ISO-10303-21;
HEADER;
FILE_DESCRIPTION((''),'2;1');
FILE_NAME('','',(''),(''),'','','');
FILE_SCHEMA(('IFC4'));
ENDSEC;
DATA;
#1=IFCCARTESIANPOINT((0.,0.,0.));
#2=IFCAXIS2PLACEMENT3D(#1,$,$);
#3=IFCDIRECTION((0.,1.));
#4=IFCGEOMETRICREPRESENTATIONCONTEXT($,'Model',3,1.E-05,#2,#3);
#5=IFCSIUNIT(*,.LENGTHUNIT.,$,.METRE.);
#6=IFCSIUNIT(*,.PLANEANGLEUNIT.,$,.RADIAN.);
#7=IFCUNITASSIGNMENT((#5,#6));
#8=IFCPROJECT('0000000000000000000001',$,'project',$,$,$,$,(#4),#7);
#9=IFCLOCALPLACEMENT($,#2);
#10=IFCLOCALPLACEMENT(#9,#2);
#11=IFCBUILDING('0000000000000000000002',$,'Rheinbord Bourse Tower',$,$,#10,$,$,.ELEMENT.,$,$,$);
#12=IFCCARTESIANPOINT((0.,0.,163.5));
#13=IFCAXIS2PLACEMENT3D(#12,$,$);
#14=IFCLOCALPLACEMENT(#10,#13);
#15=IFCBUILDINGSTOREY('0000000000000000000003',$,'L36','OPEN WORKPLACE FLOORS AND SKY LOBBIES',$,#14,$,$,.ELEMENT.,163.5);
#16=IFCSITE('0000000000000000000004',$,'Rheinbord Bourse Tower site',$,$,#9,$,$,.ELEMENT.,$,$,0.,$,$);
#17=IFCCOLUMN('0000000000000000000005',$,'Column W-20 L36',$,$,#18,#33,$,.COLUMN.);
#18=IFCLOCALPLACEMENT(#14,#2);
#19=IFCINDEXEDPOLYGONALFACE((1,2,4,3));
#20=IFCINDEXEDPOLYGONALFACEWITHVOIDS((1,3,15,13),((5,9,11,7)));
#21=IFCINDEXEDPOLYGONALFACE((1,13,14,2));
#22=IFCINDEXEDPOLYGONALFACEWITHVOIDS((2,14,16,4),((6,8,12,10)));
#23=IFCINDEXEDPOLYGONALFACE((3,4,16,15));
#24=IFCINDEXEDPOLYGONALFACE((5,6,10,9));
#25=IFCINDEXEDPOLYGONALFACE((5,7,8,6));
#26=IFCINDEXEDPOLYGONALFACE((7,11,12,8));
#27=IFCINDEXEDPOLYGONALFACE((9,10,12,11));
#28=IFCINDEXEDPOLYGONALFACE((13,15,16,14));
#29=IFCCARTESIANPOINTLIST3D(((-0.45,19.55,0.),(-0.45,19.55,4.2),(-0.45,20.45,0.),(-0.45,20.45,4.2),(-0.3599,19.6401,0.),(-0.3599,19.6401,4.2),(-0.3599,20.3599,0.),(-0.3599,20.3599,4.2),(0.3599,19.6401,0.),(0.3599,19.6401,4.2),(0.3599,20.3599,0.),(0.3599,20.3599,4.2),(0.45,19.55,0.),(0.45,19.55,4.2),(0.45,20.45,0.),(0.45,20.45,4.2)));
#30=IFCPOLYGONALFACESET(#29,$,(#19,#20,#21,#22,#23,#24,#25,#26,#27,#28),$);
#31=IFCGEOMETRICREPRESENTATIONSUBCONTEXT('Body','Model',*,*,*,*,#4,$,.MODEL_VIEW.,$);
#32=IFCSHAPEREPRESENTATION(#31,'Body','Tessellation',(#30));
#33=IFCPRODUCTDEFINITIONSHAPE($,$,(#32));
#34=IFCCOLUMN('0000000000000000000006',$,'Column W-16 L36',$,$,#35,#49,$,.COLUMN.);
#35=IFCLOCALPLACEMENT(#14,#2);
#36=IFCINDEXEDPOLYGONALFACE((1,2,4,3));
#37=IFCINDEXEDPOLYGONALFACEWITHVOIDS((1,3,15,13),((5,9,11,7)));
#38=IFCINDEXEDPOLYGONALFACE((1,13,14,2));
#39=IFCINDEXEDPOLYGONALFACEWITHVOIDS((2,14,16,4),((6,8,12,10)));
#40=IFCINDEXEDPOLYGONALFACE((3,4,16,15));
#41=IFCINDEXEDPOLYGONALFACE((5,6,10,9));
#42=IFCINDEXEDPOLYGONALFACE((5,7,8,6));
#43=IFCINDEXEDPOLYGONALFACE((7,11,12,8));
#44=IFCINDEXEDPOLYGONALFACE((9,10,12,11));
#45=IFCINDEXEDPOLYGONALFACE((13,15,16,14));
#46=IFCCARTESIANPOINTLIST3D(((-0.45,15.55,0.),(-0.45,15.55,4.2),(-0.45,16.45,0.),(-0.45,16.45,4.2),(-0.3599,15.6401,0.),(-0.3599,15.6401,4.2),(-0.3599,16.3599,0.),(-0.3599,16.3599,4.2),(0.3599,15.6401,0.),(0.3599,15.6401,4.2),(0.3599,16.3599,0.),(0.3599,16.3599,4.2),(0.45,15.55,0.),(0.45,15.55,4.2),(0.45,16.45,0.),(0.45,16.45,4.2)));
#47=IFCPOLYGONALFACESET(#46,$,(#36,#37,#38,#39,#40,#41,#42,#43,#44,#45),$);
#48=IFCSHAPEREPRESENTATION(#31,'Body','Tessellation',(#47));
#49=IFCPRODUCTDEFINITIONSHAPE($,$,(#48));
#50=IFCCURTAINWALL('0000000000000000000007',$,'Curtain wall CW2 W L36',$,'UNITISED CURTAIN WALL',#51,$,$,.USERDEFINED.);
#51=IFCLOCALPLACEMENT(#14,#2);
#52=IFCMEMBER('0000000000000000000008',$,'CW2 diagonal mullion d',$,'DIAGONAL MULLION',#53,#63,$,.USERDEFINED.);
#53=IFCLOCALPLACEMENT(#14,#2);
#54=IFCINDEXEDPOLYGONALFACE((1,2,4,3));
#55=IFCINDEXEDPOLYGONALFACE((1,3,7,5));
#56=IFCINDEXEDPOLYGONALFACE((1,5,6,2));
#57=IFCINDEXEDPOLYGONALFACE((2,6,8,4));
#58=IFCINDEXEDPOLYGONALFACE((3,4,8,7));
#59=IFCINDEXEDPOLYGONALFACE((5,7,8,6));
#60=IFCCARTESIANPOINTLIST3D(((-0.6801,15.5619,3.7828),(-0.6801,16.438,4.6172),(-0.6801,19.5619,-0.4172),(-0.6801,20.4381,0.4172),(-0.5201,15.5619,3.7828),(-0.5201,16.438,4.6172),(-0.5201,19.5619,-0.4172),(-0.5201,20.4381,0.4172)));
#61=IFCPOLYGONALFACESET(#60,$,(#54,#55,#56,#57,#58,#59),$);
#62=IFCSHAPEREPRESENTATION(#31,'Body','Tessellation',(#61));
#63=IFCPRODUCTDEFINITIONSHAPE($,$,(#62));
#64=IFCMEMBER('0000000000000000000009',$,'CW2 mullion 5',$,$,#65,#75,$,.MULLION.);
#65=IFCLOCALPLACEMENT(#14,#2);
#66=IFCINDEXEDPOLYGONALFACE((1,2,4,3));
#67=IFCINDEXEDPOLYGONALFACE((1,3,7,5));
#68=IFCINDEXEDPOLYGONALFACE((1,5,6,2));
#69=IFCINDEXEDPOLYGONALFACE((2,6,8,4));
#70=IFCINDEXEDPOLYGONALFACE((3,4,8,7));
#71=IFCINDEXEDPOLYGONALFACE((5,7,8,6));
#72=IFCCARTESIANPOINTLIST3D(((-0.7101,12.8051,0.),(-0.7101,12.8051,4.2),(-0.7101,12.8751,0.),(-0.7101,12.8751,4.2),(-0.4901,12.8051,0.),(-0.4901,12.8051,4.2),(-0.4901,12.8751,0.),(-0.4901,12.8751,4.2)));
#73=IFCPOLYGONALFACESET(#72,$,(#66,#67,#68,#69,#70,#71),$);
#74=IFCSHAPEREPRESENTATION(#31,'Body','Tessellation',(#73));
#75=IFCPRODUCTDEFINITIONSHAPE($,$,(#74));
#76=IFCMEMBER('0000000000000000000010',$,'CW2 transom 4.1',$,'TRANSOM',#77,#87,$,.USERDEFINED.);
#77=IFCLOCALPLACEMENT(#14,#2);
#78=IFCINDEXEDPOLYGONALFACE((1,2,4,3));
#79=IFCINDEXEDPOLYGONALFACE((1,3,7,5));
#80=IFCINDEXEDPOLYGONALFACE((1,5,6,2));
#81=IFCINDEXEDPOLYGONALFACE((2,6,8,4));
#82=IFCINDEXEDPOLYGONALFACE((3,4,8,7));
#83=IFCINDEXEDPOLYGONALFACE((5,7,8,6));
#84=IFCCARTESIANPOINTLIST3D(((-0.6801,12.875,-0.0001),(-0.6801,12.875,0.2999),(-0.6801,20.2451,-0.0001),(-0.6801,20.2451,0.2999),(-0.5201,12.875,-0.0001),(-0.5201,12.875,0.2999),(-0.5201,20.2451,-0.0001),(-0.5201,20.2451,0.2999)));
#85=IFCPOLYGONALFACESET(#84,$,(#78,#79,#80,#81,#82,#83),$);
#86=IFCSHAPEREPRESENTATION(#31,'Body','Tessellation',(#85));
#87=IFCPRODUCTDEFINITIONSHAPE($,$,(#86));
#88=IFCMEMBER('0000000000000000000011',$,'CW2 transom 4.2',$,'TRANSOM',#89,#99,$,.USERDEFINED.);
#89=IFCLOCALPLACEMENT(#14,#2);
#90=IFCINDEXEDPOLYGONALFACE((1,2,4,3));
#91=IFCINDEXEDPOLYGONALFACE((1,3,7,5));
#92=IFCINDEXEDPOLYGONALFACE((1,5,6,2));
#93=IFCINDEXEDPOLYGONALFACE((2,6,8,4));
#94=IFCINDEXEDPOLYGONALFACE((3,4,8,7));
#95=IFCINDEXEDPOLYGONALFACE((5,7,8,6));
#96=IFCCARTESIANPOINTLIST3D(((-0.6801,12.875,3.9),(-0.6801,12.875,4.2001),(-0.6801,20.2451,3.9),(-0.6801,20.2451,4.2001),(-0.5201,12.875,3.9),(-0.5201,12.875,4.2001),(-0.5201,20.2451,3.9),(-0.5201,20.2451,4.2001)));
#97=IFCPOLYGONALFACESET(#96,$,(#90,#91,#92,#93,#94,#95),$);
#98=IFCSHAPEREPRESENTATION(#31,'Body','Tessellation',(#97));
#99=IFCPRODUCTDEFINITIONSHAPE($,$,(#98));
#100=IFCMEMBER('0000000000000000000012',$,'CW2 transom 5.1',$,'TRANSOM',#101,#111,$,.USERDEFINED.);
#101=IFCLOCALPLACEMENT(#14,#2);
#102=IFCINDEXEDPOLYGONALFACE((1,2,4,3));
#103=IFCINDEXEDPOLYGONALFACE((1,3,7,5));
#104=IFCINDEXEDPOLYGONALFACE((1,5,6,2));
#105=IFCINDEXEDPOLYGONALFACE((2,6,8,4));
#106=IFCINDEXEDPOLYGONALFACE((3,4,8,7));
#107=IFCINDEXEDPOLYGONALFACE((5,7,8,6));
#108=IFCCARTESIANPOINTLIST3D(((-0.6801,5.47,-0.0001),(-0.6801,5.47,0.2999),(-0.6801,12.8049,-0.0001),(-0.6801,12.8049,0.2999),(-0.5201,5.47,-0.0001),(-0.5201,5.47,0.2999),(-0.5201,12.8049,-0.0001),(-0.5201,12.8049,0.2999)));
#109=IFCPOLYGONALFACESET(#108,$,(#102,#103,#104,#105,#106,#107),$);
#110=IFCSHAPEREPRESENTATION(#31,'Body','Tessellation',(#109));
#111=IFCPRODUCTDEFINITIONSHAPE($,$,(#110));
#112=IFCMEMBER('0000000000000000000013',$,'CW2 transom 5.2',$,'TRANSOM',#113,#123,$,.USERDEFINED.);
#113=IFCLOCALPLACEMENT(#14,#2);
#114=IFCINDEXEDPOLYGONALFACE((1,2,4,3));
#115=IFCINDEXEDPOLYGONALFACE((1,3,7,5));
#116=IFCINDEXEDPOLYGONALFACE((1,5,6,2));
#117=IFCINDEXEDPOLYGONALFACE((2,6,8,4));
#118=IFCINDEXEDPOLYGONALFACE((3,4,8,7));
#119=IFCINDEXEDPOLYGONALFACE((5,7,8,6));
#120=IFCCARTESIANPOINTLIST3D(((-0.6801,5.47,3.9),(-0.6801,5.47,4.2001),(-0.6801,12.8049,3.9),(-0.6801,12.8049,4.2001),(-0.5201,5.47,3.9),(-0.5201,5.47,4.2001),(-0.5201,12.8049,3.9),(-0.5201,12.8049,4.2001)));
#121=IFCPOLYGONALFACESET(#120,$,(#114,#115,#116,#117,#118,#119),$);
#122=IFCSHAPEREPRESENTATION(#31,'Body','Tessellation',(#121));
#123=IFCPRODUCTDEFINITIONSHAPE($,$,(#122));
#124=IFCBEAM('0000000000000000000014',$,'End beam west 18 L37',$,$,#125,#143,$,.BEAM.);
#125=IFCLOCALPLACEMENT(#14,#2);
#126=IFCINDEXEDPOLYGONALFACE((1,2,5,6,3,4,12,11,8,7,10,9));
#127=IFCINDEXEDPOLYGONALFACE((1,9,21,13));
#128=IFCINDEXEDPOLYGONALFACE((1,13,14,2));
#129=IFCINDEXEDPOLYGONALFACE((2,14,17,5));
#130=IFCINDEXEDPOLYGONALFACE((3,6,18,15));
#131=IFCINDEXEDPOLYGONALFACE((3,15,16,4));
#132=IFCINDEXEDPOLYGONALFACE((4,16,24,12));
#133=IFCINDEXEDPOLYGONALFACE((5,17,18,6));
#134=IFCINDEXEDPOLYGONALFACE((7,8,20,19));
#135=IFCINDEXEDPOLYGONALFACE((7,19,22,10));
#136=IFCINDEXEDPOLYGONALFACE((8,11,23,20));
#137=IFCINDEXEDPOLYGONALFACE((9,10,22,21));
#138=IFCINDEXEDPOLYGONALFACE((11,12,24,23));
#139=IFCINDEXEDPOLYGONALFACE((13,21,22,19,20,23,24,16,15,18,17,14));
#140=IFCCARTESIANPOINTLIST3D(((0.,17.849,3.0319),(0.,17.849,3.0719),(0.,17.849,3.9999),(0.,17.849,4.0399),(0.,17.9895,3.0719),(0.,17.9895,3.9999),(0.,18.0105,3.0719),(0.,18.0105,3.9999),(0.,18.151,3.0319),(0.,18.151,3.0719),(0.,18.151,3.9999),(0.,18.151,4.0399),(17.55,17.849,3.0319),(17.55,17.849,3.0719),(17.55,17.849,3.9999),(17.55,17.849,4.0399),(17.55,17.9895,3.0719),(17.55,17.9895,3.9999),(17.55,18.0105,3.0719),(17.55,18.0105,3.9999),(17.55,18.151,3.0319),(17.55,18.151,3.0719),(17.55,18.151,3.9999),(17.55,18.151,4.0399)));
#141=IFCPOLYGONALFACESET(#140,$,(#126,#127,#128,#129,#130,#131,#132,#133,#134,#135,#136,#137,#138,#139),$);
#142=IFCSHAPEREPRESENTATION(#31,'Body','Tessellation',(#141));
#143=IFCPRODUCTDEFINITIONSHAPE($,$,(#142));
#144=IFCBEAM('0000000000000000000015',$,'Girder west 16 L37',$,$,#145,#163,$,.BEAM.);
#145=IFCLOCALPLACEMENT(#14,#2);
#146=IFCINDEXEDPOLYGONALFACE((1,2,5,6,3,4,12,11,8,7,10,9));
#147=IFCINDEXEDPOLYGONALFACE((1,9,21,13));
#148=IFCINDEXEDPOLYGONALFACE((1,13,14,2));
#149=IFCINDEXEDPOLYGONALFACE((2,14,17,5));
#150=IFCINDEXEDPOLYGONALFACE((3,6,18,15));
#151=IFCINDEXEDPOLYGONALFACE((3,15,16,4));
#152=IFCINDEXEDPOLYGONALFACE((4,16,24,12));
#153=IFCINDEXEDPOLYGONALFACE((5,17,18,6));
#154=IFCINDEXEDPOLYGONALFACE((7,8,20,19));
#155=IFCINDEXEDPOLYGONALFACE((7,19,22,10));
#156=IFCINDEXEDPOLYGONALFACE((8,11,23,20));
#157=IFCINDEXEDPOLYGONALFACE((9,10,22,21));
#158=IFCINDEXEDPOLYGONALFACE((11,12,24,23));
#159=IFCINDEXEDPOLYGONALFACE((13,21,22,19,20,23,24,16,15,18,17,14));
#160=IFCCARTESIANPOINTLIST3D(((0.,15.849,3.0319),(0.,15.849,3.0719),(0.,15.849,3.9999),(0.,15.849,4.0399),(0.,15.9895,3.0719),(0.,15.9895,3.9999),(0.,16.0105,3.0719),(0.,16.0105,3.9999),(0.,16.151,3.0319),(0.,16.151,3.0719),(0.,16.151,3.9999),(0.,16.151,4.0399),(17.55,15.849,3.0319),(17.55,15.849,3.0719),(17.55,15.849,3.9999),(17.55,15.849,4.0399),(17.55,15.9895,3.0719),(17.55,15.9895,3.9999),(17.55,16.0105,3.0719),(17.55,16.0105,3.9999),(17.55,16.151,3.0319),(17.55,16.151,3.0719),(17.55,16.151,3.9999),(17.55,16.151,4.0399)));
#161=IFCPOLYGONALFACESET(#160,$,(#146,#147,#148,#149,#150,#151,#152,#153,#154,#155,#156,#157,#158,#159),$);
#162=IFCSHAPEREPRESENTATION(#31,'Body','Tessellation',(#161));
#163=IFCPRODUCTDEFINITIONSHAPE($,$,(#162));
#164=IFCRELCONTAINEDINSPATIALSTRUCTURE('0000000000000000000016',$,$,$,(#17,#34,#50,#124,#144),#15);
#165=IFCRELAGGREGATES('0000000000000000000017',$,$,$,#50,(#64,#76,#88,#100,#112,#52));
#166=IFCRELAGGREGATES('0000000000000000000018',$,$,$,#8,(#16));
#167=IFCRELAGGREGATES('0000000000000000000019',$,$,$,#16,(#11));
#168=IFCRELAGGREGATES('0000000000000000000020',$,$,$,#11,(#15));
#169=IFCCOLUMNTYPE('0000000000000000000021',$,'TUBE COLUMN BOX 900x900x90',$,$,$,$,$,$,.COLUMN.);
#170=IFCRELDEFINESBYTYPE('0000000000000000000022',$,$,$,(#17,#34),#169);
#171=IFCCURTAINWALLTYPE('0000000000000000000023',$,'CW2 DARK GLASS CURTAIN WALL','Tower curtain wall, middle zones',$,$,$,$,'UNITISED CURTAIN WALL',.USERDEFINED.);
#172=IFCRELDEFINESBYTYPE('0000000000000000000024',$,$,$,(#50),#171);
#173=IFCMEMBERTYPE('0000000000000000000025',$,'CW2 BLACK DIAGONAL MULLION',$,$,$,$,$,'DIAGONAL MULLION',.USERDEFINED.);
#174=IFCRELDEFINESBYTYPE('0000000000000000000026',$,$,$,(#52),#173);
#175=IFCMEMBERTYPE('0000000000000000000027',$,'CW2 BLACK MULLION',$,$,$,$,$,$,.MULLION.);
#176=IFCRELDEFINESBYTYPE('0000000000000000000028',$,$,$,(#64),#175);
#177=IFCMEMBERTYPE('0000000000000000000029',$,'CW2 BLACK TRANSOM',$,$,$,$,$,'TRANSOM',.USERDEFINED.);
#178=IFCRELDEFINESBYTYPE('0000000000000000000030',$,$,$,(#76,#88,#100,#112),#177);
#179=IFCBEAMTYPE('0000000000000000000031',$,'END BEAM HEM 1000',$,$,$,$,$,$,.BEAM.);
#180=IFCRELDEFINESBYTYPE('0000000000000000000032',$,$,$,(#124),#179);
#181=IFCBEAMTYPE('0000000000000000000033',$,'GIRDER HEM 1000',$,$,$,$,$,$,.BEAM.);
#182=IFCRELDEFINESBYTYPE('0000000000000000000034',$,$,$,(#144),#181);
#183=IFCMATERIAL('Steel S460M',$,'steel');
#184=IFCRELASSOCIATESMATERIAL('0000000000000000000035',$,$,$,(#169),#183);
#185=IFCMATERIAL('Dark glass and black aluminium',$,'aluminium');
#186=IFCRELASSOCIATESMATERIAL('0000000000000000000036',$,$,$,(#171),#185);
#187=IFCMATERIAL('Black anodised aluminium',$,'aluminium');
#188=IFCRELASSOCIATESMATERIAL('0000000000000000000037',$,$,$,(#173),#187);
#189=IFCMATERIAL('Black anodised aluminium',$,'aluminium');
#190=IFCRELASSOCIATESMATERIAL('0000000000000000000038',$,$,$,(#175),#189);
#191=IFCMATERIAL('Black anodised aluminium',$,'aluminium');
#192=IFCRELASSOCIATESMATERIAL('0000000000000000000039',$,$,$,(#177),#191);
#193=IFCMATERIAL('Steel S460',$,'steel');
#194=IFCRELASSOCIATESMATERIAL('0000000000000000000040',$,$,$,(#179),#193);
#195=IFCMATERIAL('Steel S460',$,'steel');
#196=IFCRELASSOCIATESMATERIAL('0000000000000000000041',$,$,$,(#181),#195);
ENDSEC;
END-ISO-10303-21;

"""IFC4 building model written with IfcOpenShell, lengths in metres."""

from ifc_helpers import new_model, si_unit, direction, frame, origin, origin_2d, place, context, subcontext, project, spatial, rectangle, hollow_rectangle, i_section, extrude, material, material_profile, profile_set, type_object, element, aggregate, save


model = new_model("IFC4")

# Units and contexts
model_context = context("Model", 3, precision=1e-05, world=origin(), true_north=direction((0.0, 1.0)))
body_context = subcontext(model_context, "Body", "Model", "MODEL_VIEW")
ifc_project = project(units=[si_unit("LENGTHUNIT", "METRE"), si_unit("PLANEANGLEUNIT", "RADIAN")], contexts=[model_context])

# Site, building, storey
site_placement = place(None, origin())
site = spatial("IfcSite", under=ifc_project, at=site_placement, Name="Rheinbord Bourse Tower site", CompositionType="ELEMENT", RefElevation=0.0)
building_placement = place(site_placement, origin())
building = spatial("IfcBuilding", under=site, at=building_placement, Name="Rheinbord Bourse Tower", CompositionType="ELEMENT")
storey_placement = place(building_placement, frame((0.0, 0.0, 163.5)))
storey = spatial("IfcBuildingStorey", under=building, at=storey_placement, Name="L36", Description="OPEN WORKPLACE FLOORS AND SKY LOBBIES", CompositionType="ELEMENT", Elevation=163.5)

# Columns
ifc_material_1 = material(Name="Steel S460M", Category="steel")
ifc_material_profile_1 = material_profile(ifc_material_1, hollow_rectangle(XDim=0.8999, YDim=0.8999, WallThickness=0.0901, at=origin_2d()), Name="BOX 900x900x90")
ifc_profile_set_1 = profile_set([ifc_material_profile_1], Name="Steel S460M")
column_type = type_object("IfcColumnType", Name="TUBE COLUMN BOX 900x900x90", PredefinedType="COLUMN", material=ifc_profile_set_1)
for number, where, z_axis, x_axis, name in (
    (1, (0.0, 20.0, 0.0), (0.0, 0.0, 1.0), (1.0, 0.0, 0.0), "Column W-20 L36"),
    (2, (0.0, 16.0, 0.0), (0.0, 0.0, 1.0), (1.0, 0.0, 0.0), "Column W-16 L36"),
):
    element("IfcColumn", number, at=place(storey_placement, frame(where, z_axis=z_axis, x_axis=x_axis)), inside=storey, type_object=column_type, Name=name, PredefinedType="COLUMN", context=body_context, shape_type="SweptSolid", body=[
        extrude(hollow_rectangle(XDim=0.8999, YDim=0.8999, WallThickness=0.0901, at=origin_2d()), origin(), (0.0, 0.0, 1.0), 4.2),
    ])

# Curtain wall, members
ifc_material_2 = material(Name="Dark glass and black aluminium", Category="aluminium")
curtain_wall_type = type_object("IfcCurtainWallType", Name="CW2 DARK GLASS CURTAIN WALL", Description="Tower curtain wall, middle zones", ElementType="UNITISED CURTAIN WALL", PredefinedType="USERDEFINED", material=ifc_material_2)
curtain_wall_placement = place(storey_placement, origin())
curtain_wall = element("IfcCurtainWall", 3, at=curtain_wall_placement, inside=storey, type_object=curtain_wall_type, Name="Curtain wall CW2 W L36", ObjectType="UNITISED CURTAIN WALL", PredefinedType="USERDEFINED")
ifc_material_3 = material(Name="Black anodised aluminium", Category="aluminium")
ifc_material_profile_2 = material_profile(ifc_material_3, rectangle(XDim=0.1599, YDim=1.21, at=origin_2d()), Name="CW2 DIAGONAL MULLION 1210x160")
ifc_profile_set_2 = profile_set([ifc_material_profile_2], Name="Black anodised aluminium")
member_type_1 = type_object("IfcMemberType", Name="CW2 BLACK DIAGONAL MULLION", ElementType="DIAGONAL MULLION", PredefinedType="USERDEFINED", material=ifc_profile_set_2)
member_1_placement = place(storey_placement, frame((-0.6001, 20.0, 0.0), z_axis=(0.0, -0.689659, 0.724134), x_axis=(1.0, 0.0, 0.0)))
member_1 = element("IfcMember", 4, at=member_1_placement, type_object=member_type_1, Name="CW2 diagonal mullion d", ObjectType="DIAGONAL MULLION", PredefinedType="USERDEFINED", context=body_context, shape_type="SweptSolid", body=[
    extrude(rectangle(XDim=0.1599, YDim=1.21, at=origin_2d()), origin(), (0.0, 0.0, 1.0), 5.8),
])
ifc_material_4 = material(Name="Black anodised aluminium", Category="aluminium")
ifc_material_profile_3 = material_profile(ifc_material_4, rectangle(XDim=0.22, YDim=0.0701, at=origin_2d()), Name="CW2 MULLION 70x220")
ifc_profile_set_3 = profile_set([ifc_material_profile_3], Name="Black anodised aluminium")
member_type_2 = type_object("IfcMemberType", Name="CW2 BLACK MULLION", PredefinedType="MULLION", material=ifc_profile_set_3)
member_2_placement = place(storey_placement, frame((-0.6001, 12.8401, 0.0), z_axis=(0.0, 0.0, 1.0), x_axis=(1.0, 0.0, 0.0)))
member_2 = element("IfcMember", 5, at=member_2_placement, type_object=member_type_2, Name="CW2 mullion 5", PredefinedType="MULLION", context=body_context, shape_type="SweptSolid", body=[
    extrude(rectangle(XDim=0.22, YDim=0.0701, at=origin_2d()), origin(), (0.0, 0.0, 1.0), 4.2),
])
ifc_material_5 = material(Name="Black anodised aluminium", Category="aluminium")
ifc_material_profile_4 = material_profile(ifc_material_5, rectangle(XDim=0.1599, YDim=0.3, at=origin_2d()), Name="CW2 TRANSOM 300x160")
ifc_profile_set_4 = profile_set([ifc_material_profile_4], Name="Black anodised aluminium")
member_type_3 = type_object("IfcMemberType", Name="CW2 BLACK TRANSOM", ElementType="TRANSOM", PredefinedType="USERDEFINED", material=ifc_profile_set_4)
member_3_placement = place(storey_placement, frame((-0.6001, 20.2451, 0.1499), z_axis=(0.0, -1.0, 0.0), x_axis=(1.0, 0.0, 0.0)))
member_3 = element("IfcMember", 6, at=member_3_placement, type_object=member_type_3, Name="CW2 transom 4.1", ObjectType="TRANSOM", PredefinedType="USERDEFINED", context=body_context, shape_type="SweptSolid", body=[
    extrude(rectangle(XDim=0.1599, YDim=0.3, at=origin_2d()), origin(), (0.0, 0.0, 1.0), 7.3701),
])
member_4_placement = place(storey_placement, frame((-0.6001, 20.2451, 4.05), z_axis=(0.0, -1.0, 0.0), x_axis=(1.0, 0.0, 0.0)))
member_4 = element("IfcMember", 7, at=member_4_placement, type_object=member_type_3, Name="CW2 transom 4.2", ObjectType="TRANSOM", PredefinedType="USERDEFINED", context=body_context, shape_type="SweptSolid", body=[
    extrude(rectangle(XDim=0.1599, YDim=0.3, at=origin_2d()), origin(), (0.0, 0.0, 1.0), 7.3701),
])
member_5_placement = place(storey_placement, frame((-0.6001, 12.8049, 0.1499), z_axis=(0.0, -1.0, 0.0), x_axis=(1.0, 0.0, 0.0)))
member_5 = element("IfcMember", 8, at=member_5_placement, type_object=member_type_3, Name="CW2 transom 5.1", ObjectType="TRANSOM", PredefinedType="USERDEFINED", context=body_context, shape_type="SweptSolid", body=[
    extrude(rectangle(XDim=0.1599, YDim=0.3, at=origin_2d()), origin(), (0.0, 0.0, 1.0), 7.335),
])
member_6_placement = place(storey_placement, frame((-0.6001, 12.8049, 4.05), z_axis=(0.0, -1.0, 0.0), x_axis=(1.0, 0.0, 0.0)))
member_6 = element("IfcMember", 9, at=member_6_placement, type_object=member_type_3, Name="CW2 transom 5.2", ObjectType="TRANSOM", PredefinedType="USERDEFINED", context=body_context, shape_type="SweptSolid", body=[
    extrude(rectangle(XDim=0.1599, YDim=0.3, at=origin_2d()), origin(), (0.0, 0.0, 1.0), 7.335),
])

# Beams
ifc_material_6 = material(Name="Steel S460", Category="steel")
ifc_material_profile_5 = material_profile(ifc_material_6, i_section(OverallWidth=0.302, OverallDepth=1.0081, WebThickness=0.021, FlangeThickness=0.04, at=origin_2d()), Name="HEM 1000")
ifc_profile_set_5 = profile_set([ifc_material_profile_5], Name="Steel S460")
beam_type_1 = type_object("IfcBeamType", Name="END BEAM HEM 1000", PredefinedType="BEAM", material=ifc_profile_set_5)
beam_1_placement = place(storey_placement, frame((0.0, 18.0, 3.5359), z_axis=(1.0, 0.0, 0.0), x_axis=(0.0, 1.0, 0.0)))
element("IfcBeam", 10, at=beam_1_placement, inside=storey, type_object=beam_type_1, Name="End beam west 18 L37", PredefinedType="BEAM", context=body_context, shape_type="SweptSolid", body=[
    extrude(i_section(OverallWidth=0.302, OverallDepth=1.0081, WebThickness=0.021, FlangeThickness=0.04, at=origin_2d()), origin(), (0.0, 0.0, 1.0), 17.55),
])
ifc_material_7 = material(Name="Steel S460", Category="steel")
ifc_material_profile_6 = material_profile(ifc_material_7, i_section(OverallWidth=0.302, OverallDepth=1.0081, WebThickness=0.021, FlangeThickness=0.04, at=origin_2d()), Name="HEM 1000")
ifc_profile_set_6 = profile_set([ifc_material_profile_6], Name="Steel S460")
beam_type_2 = type_object("IfcBeamType", Name="GIRDER HEM 1000", PredefinedType="BEAM", material=ifc_profile_set_6)
beam_2_placement = place(storey_placement, frame((0.0, 16.0, 3.5359), z_axis=(1.0, 0.0, 0.0), x_axis=(0.0, 1.0, 0.0)))
element("IfcBeam", 11, at=beam_2_placement, inside=storey, type_object=beam_type_2, Name="Girder west 16 L37", PredefinedType="BEAM", context=body_context, shape_type="SweptSolid", body=[
    extrude(i_section(OverallWidth=0.302, OverallDepth=1.0081, WebThickness=0.021, FlangeThickness=0.04, at=origin_2d()), origin(), (0.0, 0.0, 1.0), 17.55),
])

aggregate(curtain_wall, [member_2, member_3, member_4, member_5, member_6, member_1])

save(model, "model.ifc")
